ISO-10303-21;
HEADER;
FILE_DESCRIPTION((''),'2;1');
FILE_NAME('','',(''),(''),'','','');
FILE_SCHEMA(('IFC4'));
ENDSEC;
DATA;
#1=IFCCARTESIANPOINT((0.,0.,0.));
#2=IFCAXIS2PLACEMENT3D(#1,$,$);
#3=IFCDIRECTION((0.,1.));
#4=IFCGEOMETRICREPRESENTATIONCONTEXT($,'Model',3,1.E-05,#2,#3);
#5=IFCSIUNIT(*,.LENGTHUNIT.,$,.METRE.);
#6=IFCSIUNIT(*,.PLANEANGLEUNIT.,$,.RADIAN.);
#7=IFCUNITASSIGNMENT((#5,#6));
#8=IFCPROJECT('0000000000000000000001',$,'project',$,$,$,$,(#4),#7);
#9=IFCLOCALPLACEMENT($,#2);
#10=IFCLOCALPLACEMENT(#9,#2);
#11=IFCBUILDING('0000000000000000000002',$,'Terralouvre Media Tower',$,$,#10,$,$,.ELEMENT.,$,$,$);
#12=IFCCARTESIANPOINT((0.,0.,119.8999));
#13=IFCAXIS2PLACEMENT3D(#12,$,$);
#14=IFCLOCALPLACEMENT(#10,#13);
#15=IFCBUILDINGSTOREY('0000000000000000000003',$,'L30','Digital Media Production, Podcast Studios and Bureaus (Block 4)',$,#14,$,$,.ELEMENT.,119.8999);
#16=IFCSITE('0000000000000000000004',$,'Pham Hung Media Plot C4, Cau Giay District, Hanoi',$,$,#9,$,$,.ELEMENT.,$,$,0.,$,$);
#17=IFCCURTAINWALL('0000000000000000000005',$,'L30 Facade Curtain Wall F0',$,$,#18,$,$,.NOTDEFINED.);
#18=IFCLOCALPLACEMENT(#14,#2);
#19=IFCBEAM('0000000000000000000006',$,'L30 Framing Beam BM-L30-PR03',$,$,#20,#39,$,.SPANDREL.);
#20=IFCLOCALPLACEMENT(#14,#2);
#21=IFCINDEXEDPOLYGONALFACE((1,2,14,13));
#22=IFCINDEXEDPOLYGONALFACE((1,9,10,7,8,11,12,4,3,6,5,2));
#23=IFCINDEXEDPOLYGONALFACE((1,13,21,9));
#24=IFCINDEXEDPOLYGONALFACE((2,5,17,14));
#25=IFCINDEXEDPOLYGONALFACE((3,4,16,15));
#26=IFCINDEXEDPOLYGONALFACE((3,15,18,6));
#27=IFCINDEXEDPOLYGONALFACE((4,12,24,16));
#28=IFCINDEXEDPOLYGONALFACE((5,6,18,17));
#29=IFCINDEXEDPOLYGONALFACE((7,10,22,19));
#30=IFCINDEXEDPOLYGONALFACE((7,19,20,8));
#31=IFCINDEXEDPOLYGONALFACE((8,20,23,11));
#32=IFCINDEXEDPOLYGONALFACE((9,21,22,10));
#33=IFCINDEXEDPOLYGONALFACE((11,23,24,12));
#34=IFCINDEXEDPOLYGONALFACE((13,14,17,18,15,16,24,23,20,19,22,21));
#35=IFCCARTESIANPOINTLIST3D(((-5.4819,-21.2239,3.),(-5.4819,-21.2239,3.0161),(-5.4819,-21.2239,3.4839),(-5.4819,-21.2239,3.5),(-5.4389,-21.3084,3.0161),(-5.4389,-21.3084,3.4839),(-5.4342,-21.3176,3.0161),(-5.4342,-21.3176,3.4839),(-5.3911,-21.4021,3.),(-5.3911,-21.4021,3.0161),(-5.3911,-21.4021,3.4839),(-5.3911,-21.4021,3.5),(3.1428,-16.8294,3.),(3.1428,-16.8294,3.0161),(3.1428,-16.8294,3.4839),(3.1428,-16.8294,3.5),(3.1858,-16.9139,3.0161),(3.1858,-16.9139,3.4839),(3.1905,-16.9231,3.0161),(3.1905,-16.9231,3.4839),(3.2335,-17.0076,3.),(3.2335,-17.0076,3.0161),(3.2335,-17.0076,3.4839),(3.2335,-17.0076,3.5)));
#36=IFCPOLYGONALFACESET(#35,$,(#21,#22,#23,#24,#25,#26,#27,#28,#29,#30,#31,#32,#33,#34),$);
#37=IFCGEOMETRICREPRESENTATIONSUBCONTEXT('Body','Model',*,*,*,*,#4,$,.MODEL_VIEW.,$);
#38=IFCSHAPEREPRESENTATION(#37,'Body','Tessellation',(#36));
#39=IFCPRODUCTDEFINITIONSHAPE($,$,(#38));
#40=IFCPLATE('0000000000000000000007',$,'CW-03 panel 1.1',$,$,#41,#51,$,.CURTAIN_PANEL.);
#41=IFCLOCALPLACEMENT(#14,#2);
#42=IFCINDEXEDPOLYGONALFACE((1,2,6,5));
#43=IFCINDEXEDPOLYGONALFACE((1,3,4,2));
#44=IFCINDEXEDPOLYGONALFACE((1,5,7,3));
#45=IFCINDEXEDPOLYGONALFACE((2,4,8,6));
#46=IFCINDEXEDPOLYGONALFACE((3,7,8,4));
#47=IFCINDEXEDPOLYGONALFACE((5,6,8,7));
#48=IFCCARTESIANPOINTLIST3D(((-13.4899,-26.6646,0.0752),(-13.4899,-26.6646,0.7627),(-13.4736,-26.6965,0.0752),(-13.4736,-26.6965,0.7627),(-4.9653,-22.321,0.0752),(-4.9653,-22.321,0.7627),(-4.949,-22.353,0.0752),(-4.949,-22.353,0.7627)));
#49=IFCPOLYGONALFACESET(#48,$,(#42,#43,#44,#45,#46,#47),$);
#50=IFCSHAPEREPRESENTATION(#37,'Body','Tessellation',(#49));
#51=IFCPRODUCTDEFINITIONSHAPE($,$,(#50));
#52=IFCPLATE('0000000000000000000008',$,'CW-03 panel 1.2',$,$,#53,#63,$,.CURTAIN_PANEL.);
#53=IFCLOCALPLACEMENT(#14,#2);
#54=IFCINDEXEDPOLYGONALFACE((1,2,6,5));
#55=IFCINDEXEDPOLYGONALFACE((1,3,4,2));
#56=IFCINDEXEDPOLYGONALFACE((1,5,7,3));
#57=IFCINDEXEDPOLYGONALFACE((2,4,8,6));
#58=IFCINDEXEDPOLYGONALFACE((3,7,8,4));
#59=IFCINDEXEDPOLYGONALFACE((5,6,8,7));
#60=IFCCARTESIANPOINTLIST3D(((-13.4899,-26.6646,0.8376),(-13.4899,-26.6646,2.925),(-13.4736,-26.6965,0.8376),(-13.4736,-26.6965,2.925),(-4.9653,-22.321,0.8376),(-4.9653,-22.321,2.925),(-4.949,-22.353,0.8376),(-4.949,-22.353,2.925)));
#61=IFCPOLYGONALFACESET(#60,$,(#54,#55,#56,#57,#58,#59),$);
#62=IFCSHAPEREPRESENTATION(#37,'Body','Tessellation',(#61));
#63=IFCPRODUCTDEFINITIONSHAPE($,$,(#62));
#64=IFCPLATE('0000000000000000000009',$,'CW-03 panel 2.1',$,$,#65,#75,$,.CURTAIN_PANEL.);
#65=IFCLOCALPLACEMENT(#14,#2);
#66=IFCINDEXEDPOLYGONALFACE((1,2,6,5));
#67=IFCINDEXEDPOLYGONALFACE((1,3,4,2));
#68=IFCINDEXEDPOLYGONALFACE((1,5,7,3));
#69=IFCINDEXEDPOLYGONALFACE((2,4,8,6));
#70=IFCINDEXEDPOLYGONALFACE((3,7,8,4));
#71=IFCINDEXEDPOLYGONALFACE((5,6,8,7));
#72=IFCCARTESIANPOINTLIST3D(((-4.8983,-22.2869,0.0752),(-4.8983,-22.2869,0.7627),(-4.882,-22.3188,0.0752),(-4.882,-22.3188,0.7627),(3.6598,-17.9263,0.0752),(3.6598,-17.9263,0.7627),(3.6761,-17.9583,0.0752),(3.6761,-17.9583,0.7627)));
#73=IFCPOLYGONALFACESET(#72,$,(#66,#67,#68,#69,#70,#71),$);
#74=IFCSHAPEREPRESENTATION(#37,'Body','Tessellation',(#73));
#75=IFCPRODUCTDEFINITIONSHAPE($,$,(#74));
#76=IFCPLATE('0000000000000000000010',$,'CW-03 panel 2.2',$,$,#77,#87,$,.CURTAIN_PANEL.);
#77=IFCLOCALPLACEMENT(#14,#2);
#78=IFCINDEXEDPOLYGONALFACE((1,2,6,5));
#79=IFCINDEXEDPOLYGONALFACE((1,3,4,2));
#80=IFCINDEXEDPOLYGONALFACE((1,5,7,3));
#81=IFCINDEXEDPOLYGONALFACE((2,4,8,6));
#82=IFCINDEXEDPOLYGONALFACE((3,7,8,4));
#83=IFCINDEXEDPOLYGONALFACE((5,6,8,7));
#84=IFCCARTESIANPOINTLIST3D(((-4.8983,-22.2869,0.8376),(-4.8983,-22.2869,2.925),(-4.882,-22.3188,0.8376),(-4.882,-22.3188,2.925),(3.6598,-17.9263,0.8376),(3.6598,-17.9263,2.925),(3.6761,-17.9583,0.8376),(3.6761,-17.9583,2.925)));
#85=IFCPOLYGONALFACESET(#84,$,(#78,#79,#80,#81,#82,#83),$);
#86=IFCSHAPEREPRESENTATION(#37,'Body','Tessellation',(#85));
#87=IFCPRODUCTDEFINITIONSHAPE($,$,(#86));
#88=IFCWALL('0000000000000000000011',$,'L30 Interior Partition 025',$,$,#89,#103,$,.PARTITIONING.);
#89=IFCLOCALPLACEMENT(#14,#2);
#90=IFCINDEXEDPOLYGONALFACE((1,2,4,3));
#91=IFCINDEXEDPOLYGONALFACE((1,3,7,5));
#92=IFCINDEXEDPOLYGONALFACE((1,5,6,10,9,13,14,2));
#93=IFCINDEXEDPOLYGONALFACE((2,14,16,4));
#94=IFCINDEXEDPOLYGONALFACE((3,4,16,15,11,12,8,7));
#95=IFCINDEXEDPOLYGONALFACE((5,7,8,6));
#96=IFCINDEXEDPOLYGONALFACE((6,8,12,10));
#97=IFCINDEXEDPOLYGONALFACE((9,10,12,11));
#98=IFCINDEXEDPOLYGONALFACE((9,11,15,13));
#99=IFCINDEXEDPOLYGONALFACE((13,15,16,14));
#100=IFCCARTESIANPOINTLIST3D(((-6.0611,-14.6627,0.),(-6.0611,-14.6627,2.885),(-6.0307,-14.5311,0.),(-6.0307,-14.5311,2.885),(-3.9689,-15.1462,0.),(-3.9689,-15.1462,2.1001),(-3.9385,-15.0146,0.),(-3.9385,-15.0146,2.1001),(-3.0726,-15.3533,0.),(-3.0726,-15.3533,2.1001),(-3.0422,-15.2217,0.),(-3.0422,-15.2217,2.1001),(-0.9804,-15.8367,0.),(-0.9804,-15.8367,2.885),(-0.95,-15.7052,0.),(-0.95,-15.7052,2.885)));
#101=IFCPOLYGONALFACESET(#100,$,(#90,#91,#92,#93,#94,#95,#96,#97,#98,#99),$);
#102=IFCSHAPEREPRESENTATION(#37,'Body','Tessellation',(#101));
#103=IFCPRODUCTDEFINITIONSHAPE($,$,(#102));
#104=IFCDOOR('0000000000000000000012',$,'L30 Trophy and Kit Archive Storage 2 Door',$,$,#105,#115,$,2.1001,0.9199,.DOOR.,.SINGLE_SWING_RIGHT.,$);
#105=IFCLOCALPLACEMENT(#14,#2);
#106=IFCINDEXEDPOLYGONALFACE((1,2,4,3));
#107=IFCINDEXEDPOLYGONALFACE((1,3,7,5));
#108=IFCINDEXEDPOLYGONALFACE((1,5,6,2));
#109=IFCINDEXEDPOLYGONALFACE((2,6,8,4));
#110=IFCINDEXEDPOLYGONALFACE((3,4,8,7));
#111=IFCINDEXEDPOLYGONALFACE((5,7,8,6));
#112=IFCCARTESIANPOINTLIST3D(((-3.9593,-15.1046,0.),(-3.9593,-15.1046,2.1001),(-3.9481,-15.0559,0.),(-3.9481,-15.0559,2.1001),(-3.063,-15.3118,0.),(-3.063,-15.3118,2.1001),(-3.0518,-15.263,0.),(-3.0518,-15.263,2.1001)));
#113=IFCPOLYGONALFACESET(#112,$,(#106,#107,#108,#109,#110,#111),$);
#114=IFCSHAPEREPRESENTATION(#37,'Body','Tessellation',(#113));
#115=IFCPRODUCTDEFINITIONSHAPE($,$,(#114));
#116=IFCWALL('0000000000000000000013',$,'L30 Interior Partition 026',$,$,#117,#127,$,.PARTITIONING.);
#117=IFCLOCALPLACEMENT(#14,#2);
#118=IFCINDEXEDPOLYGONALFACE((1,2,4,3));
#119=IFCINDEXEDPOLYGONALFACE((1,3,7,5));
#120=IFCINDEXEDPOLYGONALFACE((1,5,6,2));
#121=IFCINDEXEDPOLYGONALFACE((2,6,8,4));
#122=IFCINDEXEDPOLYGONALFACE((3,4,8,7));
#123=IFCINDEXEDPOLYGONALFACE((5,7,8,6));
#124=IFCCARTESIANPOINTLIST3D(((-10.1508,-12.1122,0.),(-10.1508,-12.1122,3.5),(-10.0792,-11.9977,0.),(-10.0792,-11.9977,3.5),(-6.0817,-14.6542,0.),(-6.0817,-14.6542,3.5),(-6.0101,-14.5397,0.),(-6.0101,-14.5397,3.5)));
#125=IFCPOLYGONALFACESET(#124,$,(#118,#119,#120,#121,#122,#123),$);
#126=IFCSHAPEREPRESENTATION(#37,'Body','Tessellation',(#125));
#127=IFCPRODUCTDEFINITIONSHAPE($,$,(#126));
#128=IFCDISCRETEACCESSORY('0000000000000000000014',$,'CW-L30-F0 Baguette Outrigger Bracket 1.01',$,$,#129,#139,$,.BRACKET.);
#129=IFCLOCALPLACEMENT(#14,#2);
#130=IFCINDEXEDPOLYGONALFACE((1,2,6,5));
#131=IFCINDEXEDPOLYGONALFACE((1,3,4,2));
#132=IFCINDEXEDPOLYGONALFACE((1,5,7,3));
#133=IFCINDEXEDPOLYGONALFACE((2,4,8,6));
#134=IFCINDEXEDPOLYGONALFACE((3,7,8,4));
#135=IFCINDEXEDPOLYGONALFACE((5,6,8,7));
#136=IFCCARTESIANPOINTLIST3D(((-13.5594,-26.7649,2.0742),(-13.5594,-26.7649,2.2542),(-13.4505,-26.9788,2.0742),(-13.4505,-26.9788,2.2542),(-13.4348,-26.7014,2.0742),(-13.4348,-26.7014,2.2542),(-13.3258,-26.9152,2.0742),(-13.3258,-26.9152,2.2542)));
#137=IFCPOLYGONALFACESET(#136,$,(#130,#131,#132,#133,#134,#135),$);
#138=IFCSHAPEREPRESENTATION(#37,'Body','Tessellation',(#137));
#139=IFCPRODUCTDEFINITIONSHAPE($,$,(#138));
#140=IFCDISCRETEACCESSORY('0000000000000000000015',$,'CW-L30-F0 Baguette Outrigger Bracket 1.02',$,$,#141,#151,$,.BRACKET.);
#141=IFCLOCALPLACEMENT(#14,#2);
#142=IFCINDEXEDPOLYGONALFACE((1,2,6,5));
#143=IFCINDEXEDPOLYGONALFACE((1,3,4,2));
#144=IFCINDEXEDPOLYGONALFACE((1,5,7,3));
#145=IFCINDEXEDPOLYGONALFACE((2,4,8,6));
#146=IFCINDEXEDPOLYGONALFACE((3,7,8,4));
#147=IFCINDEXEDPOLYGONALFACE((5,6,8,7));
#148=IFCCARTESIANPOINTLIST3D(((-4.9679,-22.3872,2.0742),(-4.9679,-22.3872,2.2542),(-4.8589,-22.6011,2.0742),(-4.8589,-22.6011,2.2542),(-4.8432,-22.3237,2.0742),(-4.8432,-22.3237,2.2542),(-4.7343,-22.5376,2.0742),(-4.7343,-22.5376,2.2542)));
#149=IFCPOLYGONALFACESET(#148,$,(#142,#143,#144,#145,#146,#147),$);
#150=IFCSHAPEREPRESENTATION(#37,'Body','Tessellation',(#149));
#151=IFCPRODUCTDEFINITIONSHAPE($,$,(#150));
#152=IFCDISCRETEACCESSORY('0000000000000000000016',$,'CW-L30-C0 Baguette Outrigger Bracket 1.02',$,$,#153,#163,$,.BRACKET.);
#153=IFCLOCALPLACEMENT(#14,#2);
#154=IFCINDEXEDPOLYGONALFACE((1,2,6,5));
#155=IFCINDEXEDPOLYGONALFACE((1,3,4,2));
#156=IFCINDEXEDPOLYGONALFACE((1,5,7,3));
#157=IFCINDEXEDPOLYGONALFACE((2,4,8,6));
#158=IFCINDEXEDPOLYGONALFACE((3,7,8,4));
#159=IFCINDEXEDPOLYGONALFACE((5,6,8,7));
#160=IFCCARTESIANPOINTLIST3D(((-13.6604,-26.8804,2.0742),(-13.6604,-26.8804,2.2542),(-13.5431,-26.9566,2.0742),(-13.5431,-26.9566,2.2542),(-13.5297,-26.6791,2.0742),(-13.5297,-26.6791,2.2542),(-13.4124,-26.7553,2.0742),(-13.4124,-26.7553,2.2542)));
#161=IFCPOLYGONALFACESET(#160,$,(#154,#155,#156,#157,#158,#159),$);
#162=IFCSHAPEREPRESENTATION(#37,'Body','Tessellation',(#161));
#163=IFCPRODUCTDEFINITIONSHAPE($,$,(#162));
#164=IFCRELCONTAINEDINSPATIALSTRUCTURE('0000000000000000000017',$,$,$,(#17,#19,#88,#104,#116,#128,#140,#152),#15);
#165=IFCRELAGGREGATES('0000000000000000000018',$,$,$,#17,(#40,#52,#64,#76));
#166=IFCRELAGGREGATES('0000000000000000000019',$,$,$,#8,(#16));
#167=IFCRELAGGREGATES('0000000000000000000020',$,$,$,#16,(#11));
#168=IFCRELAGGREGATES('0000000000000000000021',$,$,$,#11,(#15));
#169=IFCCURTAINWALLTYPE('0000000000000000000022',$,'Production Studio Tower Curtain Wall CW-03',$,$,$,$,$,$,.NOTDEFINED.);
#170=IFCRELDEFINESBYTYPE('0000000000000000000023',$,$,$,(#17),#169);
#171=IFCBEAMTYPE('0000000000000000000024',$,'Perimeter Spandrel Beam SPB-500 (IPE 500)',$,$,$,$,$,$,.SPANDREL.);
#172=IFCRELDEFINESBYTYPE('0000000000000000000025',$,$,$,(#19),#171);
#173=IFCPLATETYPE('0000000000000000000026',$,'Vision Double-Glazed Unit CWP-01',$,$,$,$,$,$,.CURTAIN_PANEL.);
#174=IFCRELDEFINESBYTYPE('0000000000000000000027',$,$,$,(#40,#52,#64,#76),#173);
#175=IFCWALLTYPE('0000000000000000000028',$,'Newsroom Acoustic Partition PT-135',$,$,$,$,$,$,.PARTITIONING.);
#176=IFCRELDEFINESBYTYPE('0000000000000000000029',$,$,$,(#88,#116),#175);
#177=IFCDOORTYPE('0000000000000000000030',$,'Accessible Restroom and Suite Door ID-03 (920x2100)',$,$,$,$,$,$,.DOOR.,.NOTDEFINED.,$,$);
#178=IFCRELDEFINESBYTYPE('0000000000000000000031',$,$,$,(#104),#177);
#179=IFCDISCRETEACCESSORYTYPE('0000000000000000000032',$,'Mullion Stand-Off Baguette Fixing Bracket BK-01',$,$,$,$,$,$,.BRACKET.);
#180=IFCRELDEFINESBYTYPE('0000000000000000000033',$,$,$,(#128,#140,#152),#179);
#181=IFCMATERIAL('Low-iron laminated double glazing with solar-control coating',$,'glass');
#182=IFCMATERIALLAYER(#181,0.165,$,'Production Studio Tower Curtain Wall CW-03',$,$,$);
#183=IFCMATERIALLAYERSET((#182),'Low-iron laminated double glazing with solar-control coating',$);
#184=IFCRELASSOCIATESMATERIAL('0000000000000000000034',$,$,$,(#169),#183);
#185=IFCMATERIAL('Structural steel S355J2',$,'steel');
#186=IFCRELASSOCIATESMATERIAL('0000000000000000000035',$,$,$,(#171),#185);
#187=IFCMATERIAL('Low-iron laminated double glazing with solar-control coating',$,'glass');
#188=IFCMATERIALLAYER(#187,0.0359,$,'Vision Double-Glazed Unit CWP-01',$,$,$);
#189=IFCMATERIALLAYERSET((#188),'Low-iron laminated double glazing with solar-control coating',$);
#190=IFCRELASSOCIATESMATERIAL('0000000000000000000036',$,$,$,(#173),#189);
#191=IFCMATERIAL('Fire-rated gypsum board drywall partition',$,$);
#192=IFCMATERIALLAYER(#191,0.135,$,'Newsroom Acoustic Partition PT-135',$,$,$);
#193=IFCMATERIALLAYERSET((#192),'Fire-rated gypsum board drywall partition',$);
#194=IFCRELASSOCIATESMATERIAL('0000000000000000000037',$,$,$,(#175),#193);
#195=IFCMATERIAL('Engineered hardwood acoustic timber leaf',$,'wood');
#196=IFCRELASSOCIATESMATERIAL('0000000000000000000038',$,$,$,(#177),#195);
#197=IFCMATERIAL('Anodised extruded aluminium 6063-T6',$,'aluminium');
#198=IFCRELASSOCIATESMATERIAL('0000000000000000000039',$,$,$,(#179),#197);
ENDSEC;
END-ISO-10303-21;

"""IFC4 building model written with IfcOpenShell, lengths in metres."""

from ifc_helpers import new_model, si_unit, direction, frame, frame_2d, origin, origin_2d, place, context, subcontext, project, spatial, rectangle, i_section, extrude, material, layer, layer_set, material_profile, profile_set, type_object, element, fill, aggregate, save


model = new_model("IFC4")

# Units and contexts
model_context = context("Model", 3, precision=1e-05, world=origin(), true_north=direction((0.0, 1.0)))
body_context = subcontext(model_context, "Body", "Model", "MODEL_VIEW")
ifc_project = project(units=[si_unit("LENGTHUNIT", "METRE"), si_unit("PLANEANGLEUNIT", "RADIAN")], contexts=[model_context])

# Site, building, storey
site_placement = place(None, origin())
site = spatial("IfcSite", under=ifc_project, at=site_placement, Name="Pham Hung Media Plot C4, Cau Giay District, Hanoi", CompositionType="ELEMENT", RefElevation=0.0)
building_placement = place(site_placement, origin())
building = spatial("IfcBuilding", under=site, at=building_placement, Name="Terralouvre Media Tower", CompositionType="ELEMENT")
storey_placement = place(building_placement, frame((0.0, 0.0, 119.8999)))
storey = spatial("IfcBuildingStorey", under=building, at=storey_placement, Name="L30", Description="Digital Media Production, Podcast Studios and Bureaus (Block 4)", CompositionType="ELEMENT", Elevation=119.8999)

# Curtain wall
ifc_material_1 = material(Name="Low-iron laminated double glazing with solar-control coating", Category="glass")
ifc_layer_1 = layer(ifc_material_1, 0.165, Name="Production Studio Tower Curtain Wall CW-03")
ifc_layer_set_1 = layer_set([ifc_layer_1], Name="Low-iron laminated double glazing with solar-control coating")
curtain_wall_type_1 = type_object("IfcCurtainWallType", Name="Production Studio Tower Curtain Wall CW-03", PredefinedType="NOTDEFINED", material=ifc_layer_set_1)
curtain_wall_1_placement = place(storey_placement, origin())
curtain_wall_1 = element("IfcCurtainWall", 1, at=curtain_wall_1_placement, inside=storey, type_object=curtain_wall_type_1, Name="L30 Facade Curtain Wall F0", PredefinedType="NOTDEFINED")

# Beam
ifc_material_2 = material(Name="Structural steel S355J2", Category="steel")
ifc_material_profile_1 = material_profile(ifc_material_2, i_section(OverallWidth=0.2, OverallDepth=0.5, WebThickness=0.0103, FlangeThickness=0.0161, at=origin_2d()), Name="IPE 500")
ifc_profile_set_1 = profile_set([ifc_material_profile_1], Name="Structural steel S355J2")
beam_type_1 = type_object("IfcBeamType", Name="Perimeter Spandrel Beam SPB-500 (IPE 500)", PredefinedType="SPANDREL", material=ifc_profile_set_1)
beam_1_placement = place(storey_placement, frame((-5.4365, -21.313, 3.25), z_axis=(0.891007, 0.45399, 0.0), x_axis=(-0.45399, 0.891007, 0.0)))
element("IfcBeam", 2, at=beam_1_placement, inside=storey, type_object=beam_type_1, Name="L30 Framing Beam BM-L30-PR03", PredefinedType="SPANDREL", context=body_context, shape_type="SweptSolid", body=[
    extrude(i_section(OverallWidth=0.2, OverallDepth=0.5, WebThickness=0.0103, FlangeThickness=0.0161, at=origin_2d()), origin(), (0.0, 0.0, 1.0), 9.6797),
])

# Plates
ifc_material_3 = material(Name="Low-iron laminated double glazing with solar-control coating", Category="glass")
ifc_layer_2 = layer(ifc_material_3, 0.0359, Name="Vision Double-Glazed Unit CWP-01")
ifc_layer_set_2 = layer_set([ifc_layer_2], Name="Low-iron laminated double glazing with solar-control coating")
plate_type = type_object("IfcPlateType", Name="Vision Double-Glazed Unit CWP-01", PredefinedType="CURTAIN_PANEL", material=ifc_layer_set_2)
plate_1_placement = place(storey_placement, frame((-9.2195, -24.5088, 0.0752), z_axis=(0.0, 0.0, 1.0), x_axis=(0.891007, 0.453991, 0.0)))
plate_1 = element("IfcPlate", 3, at=plate_1_placement, type_object=plate_type, Name="CW-03 panel 1.1", PredefinedType="CURTAIN_PANEL", context=body_context, shape_type="SweptSolid", body=[
    extrude(rectangle(XDim=9.5674, YDim=0.0359, at=origin_2d()), origin(), (0.0, 0.0, 1.0), 0.6875),
])
plate_2_placement = place(storey_placement, frame((-9.2195, -24.5088, 0.8376), z_axis=(0.0, 0.0, 1.0), x_axis=(0.891007, 0.453991, 0.0)))
plate_2 = element("IfcPlate", 4, at=plate_2_placement, type_object=plate_type, Name="CW-03 panel 1.2", PredefinedType="CURTAIN_PANEL", context=body_context, shape_type="SweptSolid", body=[
    extrude(rectangle(XDim=9.5674, YDim=0.0359, at=origin_2d()), origin(), (0.0, 0.0, 1.0), 2.0874),
])
plate_3_placement = place(storey_placement, frame((-0.6111, -20.1226, 0.0752), z_axis=(0.0, 0.0, 1.0), x_axis=(0.891007, 0.453991, 0.0)))
plate_3 = element("IfcPlate", 5, at=plate_3_placement, type_object=plate_type, Name="CW-03 panel 2.1", PredefinedType="CURTAIN_PANEL", context=body_context, shape_type="SweptSolid", body=[
    extrude(rectangle(XDim=9.605, YDim=0.0359, at=origin_2d()), origin(), (0.0, 0.0, 1.0), 0.6875),
])
plate_4_placement = place(storey_placement, frame((-0.6111, -20.1226, 0.8376), z_axis=(0.0, 0.0, 1.0), x_axis=(0.891007, 0.453991, 0.0)))
plate_4 = element("IfcPlate", 6, at=plate_4_placement, type_object=plate_type, Name="CW-03 panel 2.2", PredefinedType="CURTAIN_PANEL", context=body_context, shape_type="SweptSolid", body=[
    extrude(rectangle(XDim=9.605, YDim=0.0359, at=origin_2d()), origin(), (0.0, 0.0, 1.0), 2.0874),
])
aggregate(curtain_wall_1, [plate_1, plate_2, plate_3, plate_4])

# Wall, opening, door
ifc_material_4 = material(Name="Fire-rated gypsum board drywall partition")
ifc_layer_3 = layer(ifc_material_4, 0.135, Name="Newsroom Acoustic Partition PT-135")
ifc_layer_set_3 = layer_set([ifc_layer_3], Name="Fire-rated gypsum board drywall partition")
wall_type = type_object("IfcWallType", Name="Newsroom Acoustic Partition PT-135", PredefinedType="PARTITIONING", material=ifc_layer_set_3)
wall_1_placement = place(storey_placement, frame((-0.9651, -15.771, 0.0), z_axis=(0.0, 0.0, 1.0), x_axis=(-0.974325, 0.225147, 0.0)))
wall_1 = element("IfcWall", 7, at=wall_1_placement, inside=storey, type_object=wall_type, Name="L30 Interior Partition 025", PredefinedType="PARTITIONING", context=body_context, shape_type="SweptSolid", body=[
    extrude(rectangle(XDim=5.2146, YDim=0.135, at=frame_2d((2.6074, 0.0))), origin(), (0.0, 0.0, 1.0), 2.885),
])
opening_placement = place(wall_1_placement, frame((2.1475, 0.0, 0.0)))
opening = element("IfcOpeningElement", 8, at=opening_placement, cuts=wall_1, PredefinedType="OPENING", context=body_context, shape_type="SweptSolid", body=[
    extrude(rectangle(XDim=0.9199, YDim=2.1001, at=frame_2d((0.46, 1.05))), frame((0.0, 0.0774, 0.0), z_axis=(0.0, -1.0, 0.0), x_axis=(1.0, 0.0, 0.0)), (0.0, 0.0, 1.0), 0.155),
])
ifc_material_5 = material(Name="Engineered hardwood acoustic timber leaf", Category="wood")
door_type = type_object("IfcDoorType", Name="Accessible Restroom and Suite Door ID-03 (920x2100)", OperationType="NOTDEFINED", PredefinedType="DOOR", material=ifc_material_5)
door_placement = place(opening_placement, origin())
door = element("IfcDoor", 9, at=door_placement, inside=storey, type_object=door_type, Name="L30 Trophy and Kit Archive Storage 2 Door", OperationType="SINGLE_SWING_RIGHT", OverallHeight=2.1001, OverallWidth=0.9199, PredefinedType="DOOR", context=body_context, shape_type="SweptSolid", body=[
    extrude(rectangle(XDim=0.9199, YDim=2.1001, at=frame_2d((0.46, 1.05))), frame((0.0, 0.0249, 0.0), z_axis=(0.0, -1.0, 0.0), x_axis=(1.0, 0.0, 0.0)), (0.0, 0.0, 1.0), 0.05),
])
fill(opening, door)

# Wall
wall_2_placement = place(storey_placement, frame((-6.0459, -14.5969, 0.0), z_axis=(0.0, 0.0, 1.0), x_axis=(-0.84811, 0.529821, 0.0)))
element("IfcWall", 10, at=wall_2_placement, inside=storey, type_object=wall_type, Name="L30 Interior Partition 026", PredefinedType="PARTITIONING", context=body_context, shape_type="SweptSolid", body=[
    extrude(rectangle(XDim=4.7979, YDim=0.135, at=frame_2d((2.3989, 0.0))), origin(), (0.0, 0.0, 1.0), 3.5),
])

# Discrete accessories
ifc_material_6 = material(Name="Anodised extruded aluminium 6063-T6", Category="aluminium")
discrete_accessory_type = type_object("IfcDiscreteAccessoryType", Name="Mullion Stand-Off Baguette Fixing Bracket BK-01", PredefinedType="BRACKET", material=ifc_material_6)
for number, where, z_axis, x_axis, name in (
    (11, (-13.4426, -26.8401, 2.0742), (0.0, 0.0, 1.0), (0.891007, 0.453991, 0.0), "CW-L30-F0 Baguette Outrigger Bracket 1.01"),
    (12, (-4.8511, -22.4624, 2.0742), (0.0, 0.0, 1.0), (0.891007, 0.453991, 0.0), "CW-L30-F0 Baguette Outrigger Bracket 1.02"),
    (13, (-13.5364, -26.8179, 2.0742), (0.0, 0.0, 1.0), (0.83867, -0.544639, 0.0), "CW-L30-C0 Baguette Outrigger Bracket 1.02"),
):
    element("IfcDiscreteAccessory", number, at=place(storey_placement, frame(where, z_axis=z_axis, x_axis=x_axis)), inside=storey, type_object=discrete_accessory_type, Name=name, PredefinedType="BRACKET", context=body_context, shape_type="SweptSolid", body=[
        extrude(rectangle(XDim=0.1399, YDim=0.24, at=origin_2d()), origin(), (0.0, 0.0, 1.0), 0.1799),
    ])

save(model, "model.ifc")
